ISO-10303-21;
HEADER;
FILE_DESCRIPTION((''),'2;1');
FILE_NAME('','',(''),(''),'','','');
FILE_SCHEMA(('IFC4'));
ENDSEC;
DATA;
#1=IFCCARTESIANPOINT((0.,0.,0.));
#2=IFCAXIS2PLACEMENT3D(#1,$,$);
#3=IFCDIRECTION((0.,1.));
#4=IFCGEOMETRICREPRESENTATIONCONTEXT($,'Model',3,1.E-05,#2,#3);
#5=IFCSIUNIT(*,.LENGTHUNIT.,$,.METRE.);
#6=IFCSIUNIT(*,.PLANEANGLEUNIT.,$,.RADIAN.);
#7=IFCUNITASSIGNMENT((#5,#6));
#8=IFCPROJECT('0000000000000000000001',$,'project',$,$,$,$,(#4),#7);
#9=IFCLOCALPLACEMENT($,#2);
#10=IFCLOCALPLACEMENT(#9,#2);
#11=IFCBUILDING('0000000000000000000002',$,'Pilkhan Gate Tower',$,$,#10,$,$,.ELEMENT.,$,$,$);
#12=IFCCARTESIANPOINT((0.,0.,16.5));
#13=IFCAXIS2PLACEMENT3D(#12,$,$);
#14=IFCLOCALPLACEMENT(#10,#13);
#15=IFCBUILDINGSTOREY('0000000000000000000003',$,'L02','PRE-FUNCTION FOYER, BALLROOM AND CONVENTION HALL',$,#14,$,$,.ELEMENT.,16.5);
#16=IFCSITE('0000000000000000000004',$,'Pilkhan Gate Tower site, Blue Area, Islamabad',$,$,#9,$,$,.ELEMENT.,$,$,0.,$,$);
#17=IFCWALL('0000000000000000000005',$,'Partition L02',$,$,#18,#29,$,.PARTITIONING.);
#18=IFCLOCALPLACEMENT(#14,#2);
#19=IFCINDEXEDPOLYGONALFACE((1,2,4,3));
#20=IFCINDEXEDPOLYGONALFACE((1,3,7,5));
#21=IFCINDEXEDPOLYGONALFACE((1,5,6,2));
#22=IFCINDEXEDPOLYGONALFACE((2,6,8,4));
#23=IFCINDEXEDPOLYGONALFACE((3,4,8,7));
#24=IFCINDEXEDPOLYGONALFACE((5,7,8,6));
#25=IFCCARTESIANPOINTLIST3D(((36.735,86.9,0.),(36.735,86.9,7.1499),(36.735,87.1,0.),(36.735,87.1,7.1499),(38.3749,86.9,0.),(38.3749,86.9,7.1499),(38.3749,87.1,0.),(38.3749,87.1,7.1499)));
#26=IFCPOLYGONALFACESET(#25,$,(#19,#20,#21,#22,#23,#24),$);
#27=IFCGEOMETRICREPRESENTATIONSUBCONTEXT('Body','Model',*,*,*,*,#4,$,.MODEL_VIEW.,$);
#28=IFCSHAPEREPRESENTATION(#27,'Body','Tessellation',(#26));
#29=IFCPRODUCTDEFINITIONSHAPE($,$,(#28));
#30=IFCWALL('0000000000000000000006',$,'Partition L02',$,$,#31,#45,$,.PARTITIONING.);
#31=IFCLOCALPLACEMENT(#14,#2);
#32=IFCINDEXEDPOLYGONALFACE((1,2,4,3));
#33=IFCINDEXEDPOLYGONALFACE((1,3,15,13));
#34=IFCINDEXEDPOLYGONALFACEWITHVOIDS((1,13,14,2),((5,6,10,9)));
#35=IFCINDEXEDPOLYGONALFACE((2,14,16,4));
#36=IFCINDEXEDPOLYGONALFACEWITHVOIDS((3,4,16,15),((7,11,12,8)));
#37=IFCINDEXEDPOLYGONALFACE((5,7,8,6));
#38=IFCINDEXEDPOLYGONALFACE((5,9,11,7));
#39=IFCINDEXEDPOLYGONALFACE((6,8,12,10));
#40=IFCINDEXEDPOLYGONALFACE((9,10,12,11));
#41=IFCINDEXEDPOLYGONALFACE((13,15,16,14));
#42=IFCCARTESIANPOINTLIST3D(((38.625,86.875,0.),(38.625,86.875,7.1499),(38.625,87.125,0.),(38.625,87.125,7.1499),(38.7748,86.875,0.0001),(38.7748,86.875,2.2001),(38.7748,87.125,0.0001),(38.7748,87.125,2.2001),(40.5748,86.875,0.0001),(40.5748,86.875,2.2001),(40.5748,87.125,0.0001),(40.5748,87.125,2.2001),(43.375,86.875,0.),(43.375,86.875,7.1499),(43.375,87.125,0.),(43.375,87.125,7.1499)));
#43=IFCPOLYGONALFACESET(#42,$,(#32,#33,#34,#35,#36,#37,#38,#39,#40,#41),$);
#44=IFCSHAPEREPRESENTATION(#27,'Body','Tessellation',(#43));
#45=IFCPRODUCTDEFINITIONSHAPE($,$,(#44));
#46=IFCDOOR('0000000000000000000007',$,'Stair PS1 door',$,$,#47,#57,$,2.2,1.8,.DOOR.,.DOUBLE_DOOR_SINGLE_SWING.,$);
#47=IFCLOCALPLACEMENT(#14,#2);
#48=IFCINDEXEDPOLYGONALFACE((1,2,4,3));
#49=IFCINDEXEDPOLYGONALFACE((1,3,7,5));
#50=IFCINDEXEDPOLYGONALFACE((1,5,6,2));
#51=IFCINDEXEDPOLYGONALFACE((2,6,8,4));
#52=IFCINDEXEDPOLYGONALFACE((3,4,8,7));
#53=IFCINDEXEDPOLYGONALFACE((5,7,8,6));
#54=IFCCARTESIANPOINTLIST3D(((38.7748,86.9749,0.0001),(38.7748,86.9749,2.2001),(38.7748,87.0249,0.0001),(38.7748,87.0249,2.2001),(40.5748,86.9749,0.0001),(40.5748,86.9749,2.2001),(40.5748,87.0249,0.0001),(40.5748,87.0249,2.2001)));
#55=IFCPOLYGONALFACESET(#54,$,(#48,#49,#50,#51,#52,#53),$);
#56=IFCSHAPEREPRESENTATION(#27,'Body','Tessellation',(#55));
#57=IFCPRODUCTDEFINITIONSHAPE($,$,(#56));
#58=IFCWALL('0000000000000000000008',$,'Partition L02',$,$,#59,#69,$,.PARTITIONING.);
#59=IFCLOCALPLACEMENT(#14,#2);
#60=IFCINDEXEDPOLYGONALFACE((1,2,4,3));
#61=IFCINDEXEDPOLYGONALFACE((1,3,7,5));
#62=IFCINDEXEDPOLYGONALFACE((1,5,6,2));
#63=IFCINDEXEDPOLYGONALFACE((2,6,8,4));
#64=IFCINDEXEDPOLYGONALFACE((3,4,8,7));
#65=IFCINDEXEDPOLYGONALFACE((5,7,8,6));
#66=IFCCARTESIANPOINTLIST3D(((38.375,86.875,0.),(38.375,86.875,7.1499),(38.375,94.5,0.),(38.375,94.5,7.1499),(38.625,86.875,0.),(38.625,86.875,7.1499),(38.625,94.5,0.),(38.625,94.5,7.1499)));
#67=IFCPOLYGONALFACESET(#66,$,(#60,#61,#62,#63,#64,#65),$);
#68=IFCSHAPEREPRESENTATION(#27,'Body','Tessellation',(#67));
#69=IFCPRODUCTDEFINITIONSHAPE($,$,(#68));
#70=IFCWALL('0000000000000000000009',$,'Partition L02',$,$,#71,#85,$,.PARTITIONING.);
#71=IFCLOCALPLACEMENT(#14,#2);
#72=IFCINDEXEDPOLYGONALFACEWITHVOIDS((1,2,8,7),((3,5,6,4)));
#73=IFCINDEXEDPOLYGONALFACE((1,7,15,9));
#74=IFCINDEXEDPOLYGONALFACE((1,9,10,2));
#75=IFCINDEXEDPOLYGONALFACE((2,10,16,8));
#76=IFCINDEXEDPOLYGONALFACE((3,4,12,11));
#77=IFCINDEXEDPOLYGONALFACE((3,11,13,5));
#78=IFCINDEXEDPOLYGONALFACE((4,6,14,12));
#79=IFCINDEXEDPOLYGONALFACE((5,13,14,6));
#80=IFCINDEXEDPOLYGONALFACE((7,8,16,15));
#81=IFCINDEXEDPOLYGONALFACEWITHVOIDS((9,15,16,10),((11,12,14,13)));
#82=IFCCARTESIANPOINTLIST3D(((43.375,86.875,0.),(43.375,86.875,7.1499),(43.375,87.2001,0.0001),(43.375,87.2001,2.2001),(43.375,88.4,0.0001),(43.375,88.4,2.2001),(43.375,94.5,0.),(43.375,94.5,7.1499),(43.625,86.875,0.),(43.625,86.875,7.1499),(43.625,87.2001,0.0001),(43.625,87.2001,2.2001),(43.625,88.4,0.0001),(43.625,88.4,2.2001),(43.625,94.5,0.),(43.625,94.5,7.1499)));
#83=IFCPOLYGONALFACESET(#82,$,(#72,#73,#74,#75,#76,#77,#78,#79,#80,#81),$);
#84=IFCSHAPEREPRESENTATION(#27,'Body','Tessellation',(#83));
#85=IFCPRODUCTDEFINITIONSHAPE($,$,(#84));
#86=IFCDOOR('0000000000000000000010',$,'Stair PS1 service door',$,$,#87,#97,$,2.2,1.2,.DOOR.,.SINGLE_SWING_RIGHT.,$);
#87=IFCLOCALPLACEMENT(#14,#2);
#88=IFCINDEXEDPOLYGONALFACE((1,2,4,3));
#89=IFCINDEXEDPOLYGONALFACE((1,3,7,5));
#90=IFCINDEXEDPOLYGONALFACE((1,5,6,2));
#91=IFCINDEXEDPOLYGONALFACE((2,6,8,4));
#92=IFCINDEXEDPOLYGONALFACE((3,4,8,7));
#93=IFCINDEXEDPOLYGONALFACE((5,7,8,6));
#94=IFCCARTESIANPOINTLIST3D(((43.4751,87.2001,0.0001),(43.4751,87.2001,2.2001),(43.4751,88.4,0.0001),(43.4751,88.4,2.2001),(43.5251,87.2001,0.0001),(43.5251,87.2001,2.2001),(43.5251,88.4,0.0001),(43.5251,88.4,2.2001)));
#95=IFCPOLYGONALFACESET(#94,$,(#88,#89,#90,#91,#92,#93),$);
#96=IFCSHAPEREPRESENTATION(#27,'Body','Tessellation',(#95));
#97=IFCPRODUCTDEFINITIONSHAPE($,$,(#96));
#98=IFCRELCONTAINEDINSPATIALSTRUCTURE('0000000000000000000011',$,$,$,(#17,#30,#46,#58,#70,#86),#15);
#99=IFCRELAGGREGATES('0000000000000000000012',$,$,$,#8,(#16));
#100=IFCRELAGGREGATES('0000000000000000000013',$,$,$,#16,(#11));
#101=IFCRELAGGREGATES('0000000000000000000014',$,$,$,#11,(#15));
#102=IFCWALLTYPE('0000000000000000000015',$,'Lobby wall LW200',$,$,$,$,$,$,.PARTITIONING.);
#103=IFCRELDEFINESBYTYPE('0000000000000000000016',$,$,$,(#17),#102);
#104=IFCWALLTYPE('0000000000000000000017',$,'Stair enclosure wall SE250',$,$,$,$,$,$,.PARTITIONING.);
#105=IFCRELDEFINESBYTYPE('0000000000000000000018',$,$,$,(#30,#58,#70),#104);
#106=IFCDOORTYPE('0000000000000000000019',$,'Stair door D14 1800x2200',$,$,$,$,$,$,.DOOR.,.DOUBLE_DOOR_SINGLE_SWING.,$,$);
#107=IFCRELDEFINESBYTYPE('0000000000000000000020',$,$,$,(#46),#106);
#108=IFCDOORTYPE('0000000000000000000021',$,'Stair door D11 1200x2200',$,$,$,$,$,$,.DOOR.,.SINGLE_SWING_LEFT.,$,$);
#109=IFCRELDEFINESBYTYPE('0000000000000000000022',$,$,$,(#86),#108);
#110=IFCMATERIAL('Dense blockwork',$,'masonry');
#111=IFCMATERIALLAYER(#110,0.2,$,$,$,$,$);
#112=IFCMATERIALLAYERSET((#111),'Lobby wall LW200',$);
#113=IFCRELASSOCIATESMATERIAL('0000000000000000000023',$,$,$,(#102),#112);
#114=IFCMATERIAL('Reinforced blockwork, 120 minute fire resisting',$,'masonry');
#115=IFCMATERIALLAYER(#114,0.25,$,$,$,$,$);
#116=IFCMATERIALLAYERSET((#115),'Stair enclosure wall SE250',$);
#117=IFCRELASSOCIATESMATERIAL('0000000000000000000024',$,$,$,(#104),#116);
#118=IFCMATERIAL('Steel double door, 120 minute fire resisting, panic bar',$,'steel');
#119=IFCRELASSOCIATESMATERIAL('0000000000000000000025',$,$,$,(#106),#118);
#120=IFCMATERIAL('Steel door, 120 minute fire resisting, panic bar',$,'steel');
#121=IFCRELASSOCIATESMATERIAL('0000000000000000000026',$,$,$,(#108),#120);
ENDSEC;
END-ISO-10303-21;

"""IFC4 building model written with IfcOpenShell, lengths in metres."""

from ifc_helpers import new_model, si_unit, direction, frame, frame_2d, origin, place, context, subcontext, project, spatial, rectangle, extrude, material, layer, layer_set, type_object, element, fill, save


model = new_model("IFC4")

# Units and contexts
model_context = context("Model", 3, precision=1e-05, world=origin(), true_north=direction((0.0, 1.0)))
body_context = subcontext(model_context, "Body", "Model", "MODEL_VIEW")
ifc_project = project(units=[si_unit("LENGTHUNIT", "METRE"), si_unit("PLANEANGLEUNIT", "RADIAN")], contexts=[model_context])

# Site, building, storey
site_placement = place(None, origin())
site = spatial("IfcSite", under=ifc_project, at=site_placement, Name="Pilkhan Gate Tower site, Blue Area, Islamabad", CompositionType="ELEMENT", RefElevation=0.0)
building_placement = place(site_placement, origin())
building = spatial("IfcBuilding", under=site, at=building_placement, Name="Pilkhan Gate Tower", CompositionType="ELEMENT")
storey_placement = place(building_placement, frame((0.0, 0.0, 16.5)))
storey = spatial("IfcBuildingStorey", under=building, at=storey_placement, Name="L02", Description="PRE-FUNCTION FOYER, BALLROOM AND CONVENTION HALL", CompositionType="ELEMENT", Elevation=16.5)

# Shared definitions
ifc_material_1 = material(Name="Dense blockwork", Category="masonry")

# Wall
ifc_layer_1 = layer(ifc_material_1, 0.2)
ifc_layer_set_1 = layer_set([ifc_layer_1], Name="Lobby wall LW200")
wall_type_1 = type_object("IfcWallType", Name="Lobby wall LW200", PredefinedType="PARTITIONING", material=ifc_layer_set_1)
wall_1_placement = place(storey_placement, frame((36.7351, 87.0, 0.0), z_axis=(0.0, 0.0, 1.0), x_axis=(1.0, 0.0, 0.0)))
element("IfcWall", 1, at=wall_1_placement, inside=storey, type_object=wall_type_1, Name="Partition L02", PredefinedType="PARTITIONING", context=body_context, shape_type="SweptSolid", body=[
    extrude(rectangle(XDim=1.6399, YDim=0.2, at=frame_2d((0.8198, 0.0))), origin(), (0.0, 0.0, 1.0), 7.1499),
])

# Wall, opening, door
ifc_material_2 = material(Name="Reinforced blockwork, 120 minute fire resisting", Category="masonry")
ifc_layer_2 = layer(ifc_material_2, 0.25)
ifc_layer_set_2 = layer_set([ifc_layer_2], Name="Stair enclosure wall SE250")
wall_type_2 = type_object("IfcWallType", Name="Stair enclosure wall SE250", PredefinedType="PARTITIONING", material=ifc_layer_set_2)
wall_2_placement = place(storey_placement, frame((38.625, 87.0, 0.0), z_axis=(0.0, 0.0, 1.0), x_axis=(1.0, 0.0, 0.0)))
wall_2 = element("IfcWall", 2, at=wall_2_placement, inside=storey, type_object=wall_type_2, Name="Partition L02", PredefinedType="PARTITIONING", context=body_context, shape_type="SweptSolid", body=[
    extrude(rectangle(XDim=4.75, YDim=0.25, at=frame_2d((2.375, 0.0))), origin(), (0.0, 0.0, 1.0), 7.1499),
])
opening_1_placement = place(wall_2_placement, frame((0.1499, 0.0, 0.0)))
opening_1 = element("IfcOpeningElement", 3, at=opening_1_placement, cuts=wall_2, PredefinedType="OPENING", context=body_context, shape_type="SweptSolid", body=[
    extrude(rectangle(XDim=1.8, YDim=2.2, at=frame_2d((0.8999, 1.1001))), frame((0.0, 0.135, 0.0), z_axis=(0.0, -1.0, 0.0), x_axis=(1.0, 0.0, 0.0)), (0.0, 0.0, 1.0), 0.27),
])
ifc_material_3 = material(Name="Steel double door, 120 minute fire resisting, panic bar", Category="steel")
door_type_1 = type_object("IfcDoorType", Name="Stair door D14 1800x2200", OperationType="DOUBLE_DOOR_SINGLE_SWING", PredefinedType="DOOR", material=ifc_material_3)
door_1_placement = place(opening_1_placement, origin())
door_1 = element("IfcDoor", 4, at=door_1_placement, inside=storey, type_object=door_type_1, Name="Stair PS1 door", OperationType="DOUBLE_DOOR_SINGLE_SWING", OverallHeight=2.2, OverallWidth=1.8, PredefinedType="DOOR", context=body_context, shape_type="SweptSolid", body=[
    extrude(rectangle(XDim=1.8, YDim=2.2, at=frame_2d((0.8999, 1.1001))), frame((0.0, 0.0249, 0.0), z_axis=(0.0, -1.0, 0.0), x_axis=(1.0, 0.0, 0.0)), (0.0, 0.0, 1.0), 0.05),
])
fill(opening_1, door_1)

# Wall
wall_3_placement = place(storey_placement, frame((38.5, 86.875, 0.0), z_axis=(0.0, 0.0, 1.0), x_axis=(0.0, 1.0, 0.0)))
element("IfcWall", 5, at=wall_3_placement, inside=storey, type_object=wall_type_2, Name="Partition L02", PredefinedType="PARTITIONING", context=body_context, shape_type="SweptSolid", body=[
    extrude(rectangle(XDim=7.625, YDim=0.25, at=frame_2d((3.8125, 0.0))), origin(), (0.0, 0.0, 1.0), 7.1499),
])

# Wall, opening, door
wall_4_placement = place(storey_placement, frame((43.5, 86.875, 0.0), z_axis=(0.0, 0.0, 1.0), x_axis=(0.0, 1.0, 0.0)))
wall_4 = element("IfcWall", 6, at=wall_4_placement, inside=storey, type_object=wall_type_2, Name="Partition L02", PredefinedType="PARTITIONING", context=body_context, shape_type="SweptSolid", body=[
    extrude(rectangle(XDim=7.625, YDim=0.25, at=frame_2d((3.8125, 0.0))), origin(), (0.0, 0.0, 1.0), 7.1499),
])
opening_2_placement = place(wall_4_placement, frame((0.325, 0.0, 0.0)))
opening_2 = element("IfcOpeningElement", 7, at=opening_2_placement, cuts=wall_4, PredefinedType="OPENING", context=body_context, shape_type="SweptSolid", body=[
    extrude(rectangle(XDim=1.2, YDim=2.2, at=frame_2d((0.6001, 1.1001))), frame((0.0, 0.135, 0.0), z_axis=(0.0, -1.0, 0.0), x_axis=(1.0, 0.0, 0.0)), (0.0, 0.0, 1.0), 0.27),
])
ifc_material_4 = material(Name="Steel door, 120 minute fire resisting, panic bar", Category="steel")
door_type_2 = type_object("IfcDoorType", Name="Stair door D11 1200x2200", OperationType="SINGLE_SWING_LEFT", PredefinedType="DOOR", material=ifc_material_4)
door_2_placement = place(opening_2_placement, origin())
door_2 = element("IfcDoor", 8, at=door_2_placement, inside=storey, type_object=door_type_2, Name="Stair PS1 service door", OperationType="SINGLE_SWING_RIGHT", OverallHeight=2.2, OverallWidth=1.2, PredefinedType="DOOR", context=body_context, shape_type="SweptSolid", body=[
    extrude(rectangle(XDim=1.2, YDim=2.2, at=frame_2d((0.6001, 1.1001))), frame((0.0, 0.0249, 0.0), z_axis=(0.0, -1.0, 0.0), x_axis=(1.0, 0.0, 0.0)), (0.0, 0.0, 1.0), 0.05),
])
fill(opening_2, door_2)

save(model, "model.ifc")
